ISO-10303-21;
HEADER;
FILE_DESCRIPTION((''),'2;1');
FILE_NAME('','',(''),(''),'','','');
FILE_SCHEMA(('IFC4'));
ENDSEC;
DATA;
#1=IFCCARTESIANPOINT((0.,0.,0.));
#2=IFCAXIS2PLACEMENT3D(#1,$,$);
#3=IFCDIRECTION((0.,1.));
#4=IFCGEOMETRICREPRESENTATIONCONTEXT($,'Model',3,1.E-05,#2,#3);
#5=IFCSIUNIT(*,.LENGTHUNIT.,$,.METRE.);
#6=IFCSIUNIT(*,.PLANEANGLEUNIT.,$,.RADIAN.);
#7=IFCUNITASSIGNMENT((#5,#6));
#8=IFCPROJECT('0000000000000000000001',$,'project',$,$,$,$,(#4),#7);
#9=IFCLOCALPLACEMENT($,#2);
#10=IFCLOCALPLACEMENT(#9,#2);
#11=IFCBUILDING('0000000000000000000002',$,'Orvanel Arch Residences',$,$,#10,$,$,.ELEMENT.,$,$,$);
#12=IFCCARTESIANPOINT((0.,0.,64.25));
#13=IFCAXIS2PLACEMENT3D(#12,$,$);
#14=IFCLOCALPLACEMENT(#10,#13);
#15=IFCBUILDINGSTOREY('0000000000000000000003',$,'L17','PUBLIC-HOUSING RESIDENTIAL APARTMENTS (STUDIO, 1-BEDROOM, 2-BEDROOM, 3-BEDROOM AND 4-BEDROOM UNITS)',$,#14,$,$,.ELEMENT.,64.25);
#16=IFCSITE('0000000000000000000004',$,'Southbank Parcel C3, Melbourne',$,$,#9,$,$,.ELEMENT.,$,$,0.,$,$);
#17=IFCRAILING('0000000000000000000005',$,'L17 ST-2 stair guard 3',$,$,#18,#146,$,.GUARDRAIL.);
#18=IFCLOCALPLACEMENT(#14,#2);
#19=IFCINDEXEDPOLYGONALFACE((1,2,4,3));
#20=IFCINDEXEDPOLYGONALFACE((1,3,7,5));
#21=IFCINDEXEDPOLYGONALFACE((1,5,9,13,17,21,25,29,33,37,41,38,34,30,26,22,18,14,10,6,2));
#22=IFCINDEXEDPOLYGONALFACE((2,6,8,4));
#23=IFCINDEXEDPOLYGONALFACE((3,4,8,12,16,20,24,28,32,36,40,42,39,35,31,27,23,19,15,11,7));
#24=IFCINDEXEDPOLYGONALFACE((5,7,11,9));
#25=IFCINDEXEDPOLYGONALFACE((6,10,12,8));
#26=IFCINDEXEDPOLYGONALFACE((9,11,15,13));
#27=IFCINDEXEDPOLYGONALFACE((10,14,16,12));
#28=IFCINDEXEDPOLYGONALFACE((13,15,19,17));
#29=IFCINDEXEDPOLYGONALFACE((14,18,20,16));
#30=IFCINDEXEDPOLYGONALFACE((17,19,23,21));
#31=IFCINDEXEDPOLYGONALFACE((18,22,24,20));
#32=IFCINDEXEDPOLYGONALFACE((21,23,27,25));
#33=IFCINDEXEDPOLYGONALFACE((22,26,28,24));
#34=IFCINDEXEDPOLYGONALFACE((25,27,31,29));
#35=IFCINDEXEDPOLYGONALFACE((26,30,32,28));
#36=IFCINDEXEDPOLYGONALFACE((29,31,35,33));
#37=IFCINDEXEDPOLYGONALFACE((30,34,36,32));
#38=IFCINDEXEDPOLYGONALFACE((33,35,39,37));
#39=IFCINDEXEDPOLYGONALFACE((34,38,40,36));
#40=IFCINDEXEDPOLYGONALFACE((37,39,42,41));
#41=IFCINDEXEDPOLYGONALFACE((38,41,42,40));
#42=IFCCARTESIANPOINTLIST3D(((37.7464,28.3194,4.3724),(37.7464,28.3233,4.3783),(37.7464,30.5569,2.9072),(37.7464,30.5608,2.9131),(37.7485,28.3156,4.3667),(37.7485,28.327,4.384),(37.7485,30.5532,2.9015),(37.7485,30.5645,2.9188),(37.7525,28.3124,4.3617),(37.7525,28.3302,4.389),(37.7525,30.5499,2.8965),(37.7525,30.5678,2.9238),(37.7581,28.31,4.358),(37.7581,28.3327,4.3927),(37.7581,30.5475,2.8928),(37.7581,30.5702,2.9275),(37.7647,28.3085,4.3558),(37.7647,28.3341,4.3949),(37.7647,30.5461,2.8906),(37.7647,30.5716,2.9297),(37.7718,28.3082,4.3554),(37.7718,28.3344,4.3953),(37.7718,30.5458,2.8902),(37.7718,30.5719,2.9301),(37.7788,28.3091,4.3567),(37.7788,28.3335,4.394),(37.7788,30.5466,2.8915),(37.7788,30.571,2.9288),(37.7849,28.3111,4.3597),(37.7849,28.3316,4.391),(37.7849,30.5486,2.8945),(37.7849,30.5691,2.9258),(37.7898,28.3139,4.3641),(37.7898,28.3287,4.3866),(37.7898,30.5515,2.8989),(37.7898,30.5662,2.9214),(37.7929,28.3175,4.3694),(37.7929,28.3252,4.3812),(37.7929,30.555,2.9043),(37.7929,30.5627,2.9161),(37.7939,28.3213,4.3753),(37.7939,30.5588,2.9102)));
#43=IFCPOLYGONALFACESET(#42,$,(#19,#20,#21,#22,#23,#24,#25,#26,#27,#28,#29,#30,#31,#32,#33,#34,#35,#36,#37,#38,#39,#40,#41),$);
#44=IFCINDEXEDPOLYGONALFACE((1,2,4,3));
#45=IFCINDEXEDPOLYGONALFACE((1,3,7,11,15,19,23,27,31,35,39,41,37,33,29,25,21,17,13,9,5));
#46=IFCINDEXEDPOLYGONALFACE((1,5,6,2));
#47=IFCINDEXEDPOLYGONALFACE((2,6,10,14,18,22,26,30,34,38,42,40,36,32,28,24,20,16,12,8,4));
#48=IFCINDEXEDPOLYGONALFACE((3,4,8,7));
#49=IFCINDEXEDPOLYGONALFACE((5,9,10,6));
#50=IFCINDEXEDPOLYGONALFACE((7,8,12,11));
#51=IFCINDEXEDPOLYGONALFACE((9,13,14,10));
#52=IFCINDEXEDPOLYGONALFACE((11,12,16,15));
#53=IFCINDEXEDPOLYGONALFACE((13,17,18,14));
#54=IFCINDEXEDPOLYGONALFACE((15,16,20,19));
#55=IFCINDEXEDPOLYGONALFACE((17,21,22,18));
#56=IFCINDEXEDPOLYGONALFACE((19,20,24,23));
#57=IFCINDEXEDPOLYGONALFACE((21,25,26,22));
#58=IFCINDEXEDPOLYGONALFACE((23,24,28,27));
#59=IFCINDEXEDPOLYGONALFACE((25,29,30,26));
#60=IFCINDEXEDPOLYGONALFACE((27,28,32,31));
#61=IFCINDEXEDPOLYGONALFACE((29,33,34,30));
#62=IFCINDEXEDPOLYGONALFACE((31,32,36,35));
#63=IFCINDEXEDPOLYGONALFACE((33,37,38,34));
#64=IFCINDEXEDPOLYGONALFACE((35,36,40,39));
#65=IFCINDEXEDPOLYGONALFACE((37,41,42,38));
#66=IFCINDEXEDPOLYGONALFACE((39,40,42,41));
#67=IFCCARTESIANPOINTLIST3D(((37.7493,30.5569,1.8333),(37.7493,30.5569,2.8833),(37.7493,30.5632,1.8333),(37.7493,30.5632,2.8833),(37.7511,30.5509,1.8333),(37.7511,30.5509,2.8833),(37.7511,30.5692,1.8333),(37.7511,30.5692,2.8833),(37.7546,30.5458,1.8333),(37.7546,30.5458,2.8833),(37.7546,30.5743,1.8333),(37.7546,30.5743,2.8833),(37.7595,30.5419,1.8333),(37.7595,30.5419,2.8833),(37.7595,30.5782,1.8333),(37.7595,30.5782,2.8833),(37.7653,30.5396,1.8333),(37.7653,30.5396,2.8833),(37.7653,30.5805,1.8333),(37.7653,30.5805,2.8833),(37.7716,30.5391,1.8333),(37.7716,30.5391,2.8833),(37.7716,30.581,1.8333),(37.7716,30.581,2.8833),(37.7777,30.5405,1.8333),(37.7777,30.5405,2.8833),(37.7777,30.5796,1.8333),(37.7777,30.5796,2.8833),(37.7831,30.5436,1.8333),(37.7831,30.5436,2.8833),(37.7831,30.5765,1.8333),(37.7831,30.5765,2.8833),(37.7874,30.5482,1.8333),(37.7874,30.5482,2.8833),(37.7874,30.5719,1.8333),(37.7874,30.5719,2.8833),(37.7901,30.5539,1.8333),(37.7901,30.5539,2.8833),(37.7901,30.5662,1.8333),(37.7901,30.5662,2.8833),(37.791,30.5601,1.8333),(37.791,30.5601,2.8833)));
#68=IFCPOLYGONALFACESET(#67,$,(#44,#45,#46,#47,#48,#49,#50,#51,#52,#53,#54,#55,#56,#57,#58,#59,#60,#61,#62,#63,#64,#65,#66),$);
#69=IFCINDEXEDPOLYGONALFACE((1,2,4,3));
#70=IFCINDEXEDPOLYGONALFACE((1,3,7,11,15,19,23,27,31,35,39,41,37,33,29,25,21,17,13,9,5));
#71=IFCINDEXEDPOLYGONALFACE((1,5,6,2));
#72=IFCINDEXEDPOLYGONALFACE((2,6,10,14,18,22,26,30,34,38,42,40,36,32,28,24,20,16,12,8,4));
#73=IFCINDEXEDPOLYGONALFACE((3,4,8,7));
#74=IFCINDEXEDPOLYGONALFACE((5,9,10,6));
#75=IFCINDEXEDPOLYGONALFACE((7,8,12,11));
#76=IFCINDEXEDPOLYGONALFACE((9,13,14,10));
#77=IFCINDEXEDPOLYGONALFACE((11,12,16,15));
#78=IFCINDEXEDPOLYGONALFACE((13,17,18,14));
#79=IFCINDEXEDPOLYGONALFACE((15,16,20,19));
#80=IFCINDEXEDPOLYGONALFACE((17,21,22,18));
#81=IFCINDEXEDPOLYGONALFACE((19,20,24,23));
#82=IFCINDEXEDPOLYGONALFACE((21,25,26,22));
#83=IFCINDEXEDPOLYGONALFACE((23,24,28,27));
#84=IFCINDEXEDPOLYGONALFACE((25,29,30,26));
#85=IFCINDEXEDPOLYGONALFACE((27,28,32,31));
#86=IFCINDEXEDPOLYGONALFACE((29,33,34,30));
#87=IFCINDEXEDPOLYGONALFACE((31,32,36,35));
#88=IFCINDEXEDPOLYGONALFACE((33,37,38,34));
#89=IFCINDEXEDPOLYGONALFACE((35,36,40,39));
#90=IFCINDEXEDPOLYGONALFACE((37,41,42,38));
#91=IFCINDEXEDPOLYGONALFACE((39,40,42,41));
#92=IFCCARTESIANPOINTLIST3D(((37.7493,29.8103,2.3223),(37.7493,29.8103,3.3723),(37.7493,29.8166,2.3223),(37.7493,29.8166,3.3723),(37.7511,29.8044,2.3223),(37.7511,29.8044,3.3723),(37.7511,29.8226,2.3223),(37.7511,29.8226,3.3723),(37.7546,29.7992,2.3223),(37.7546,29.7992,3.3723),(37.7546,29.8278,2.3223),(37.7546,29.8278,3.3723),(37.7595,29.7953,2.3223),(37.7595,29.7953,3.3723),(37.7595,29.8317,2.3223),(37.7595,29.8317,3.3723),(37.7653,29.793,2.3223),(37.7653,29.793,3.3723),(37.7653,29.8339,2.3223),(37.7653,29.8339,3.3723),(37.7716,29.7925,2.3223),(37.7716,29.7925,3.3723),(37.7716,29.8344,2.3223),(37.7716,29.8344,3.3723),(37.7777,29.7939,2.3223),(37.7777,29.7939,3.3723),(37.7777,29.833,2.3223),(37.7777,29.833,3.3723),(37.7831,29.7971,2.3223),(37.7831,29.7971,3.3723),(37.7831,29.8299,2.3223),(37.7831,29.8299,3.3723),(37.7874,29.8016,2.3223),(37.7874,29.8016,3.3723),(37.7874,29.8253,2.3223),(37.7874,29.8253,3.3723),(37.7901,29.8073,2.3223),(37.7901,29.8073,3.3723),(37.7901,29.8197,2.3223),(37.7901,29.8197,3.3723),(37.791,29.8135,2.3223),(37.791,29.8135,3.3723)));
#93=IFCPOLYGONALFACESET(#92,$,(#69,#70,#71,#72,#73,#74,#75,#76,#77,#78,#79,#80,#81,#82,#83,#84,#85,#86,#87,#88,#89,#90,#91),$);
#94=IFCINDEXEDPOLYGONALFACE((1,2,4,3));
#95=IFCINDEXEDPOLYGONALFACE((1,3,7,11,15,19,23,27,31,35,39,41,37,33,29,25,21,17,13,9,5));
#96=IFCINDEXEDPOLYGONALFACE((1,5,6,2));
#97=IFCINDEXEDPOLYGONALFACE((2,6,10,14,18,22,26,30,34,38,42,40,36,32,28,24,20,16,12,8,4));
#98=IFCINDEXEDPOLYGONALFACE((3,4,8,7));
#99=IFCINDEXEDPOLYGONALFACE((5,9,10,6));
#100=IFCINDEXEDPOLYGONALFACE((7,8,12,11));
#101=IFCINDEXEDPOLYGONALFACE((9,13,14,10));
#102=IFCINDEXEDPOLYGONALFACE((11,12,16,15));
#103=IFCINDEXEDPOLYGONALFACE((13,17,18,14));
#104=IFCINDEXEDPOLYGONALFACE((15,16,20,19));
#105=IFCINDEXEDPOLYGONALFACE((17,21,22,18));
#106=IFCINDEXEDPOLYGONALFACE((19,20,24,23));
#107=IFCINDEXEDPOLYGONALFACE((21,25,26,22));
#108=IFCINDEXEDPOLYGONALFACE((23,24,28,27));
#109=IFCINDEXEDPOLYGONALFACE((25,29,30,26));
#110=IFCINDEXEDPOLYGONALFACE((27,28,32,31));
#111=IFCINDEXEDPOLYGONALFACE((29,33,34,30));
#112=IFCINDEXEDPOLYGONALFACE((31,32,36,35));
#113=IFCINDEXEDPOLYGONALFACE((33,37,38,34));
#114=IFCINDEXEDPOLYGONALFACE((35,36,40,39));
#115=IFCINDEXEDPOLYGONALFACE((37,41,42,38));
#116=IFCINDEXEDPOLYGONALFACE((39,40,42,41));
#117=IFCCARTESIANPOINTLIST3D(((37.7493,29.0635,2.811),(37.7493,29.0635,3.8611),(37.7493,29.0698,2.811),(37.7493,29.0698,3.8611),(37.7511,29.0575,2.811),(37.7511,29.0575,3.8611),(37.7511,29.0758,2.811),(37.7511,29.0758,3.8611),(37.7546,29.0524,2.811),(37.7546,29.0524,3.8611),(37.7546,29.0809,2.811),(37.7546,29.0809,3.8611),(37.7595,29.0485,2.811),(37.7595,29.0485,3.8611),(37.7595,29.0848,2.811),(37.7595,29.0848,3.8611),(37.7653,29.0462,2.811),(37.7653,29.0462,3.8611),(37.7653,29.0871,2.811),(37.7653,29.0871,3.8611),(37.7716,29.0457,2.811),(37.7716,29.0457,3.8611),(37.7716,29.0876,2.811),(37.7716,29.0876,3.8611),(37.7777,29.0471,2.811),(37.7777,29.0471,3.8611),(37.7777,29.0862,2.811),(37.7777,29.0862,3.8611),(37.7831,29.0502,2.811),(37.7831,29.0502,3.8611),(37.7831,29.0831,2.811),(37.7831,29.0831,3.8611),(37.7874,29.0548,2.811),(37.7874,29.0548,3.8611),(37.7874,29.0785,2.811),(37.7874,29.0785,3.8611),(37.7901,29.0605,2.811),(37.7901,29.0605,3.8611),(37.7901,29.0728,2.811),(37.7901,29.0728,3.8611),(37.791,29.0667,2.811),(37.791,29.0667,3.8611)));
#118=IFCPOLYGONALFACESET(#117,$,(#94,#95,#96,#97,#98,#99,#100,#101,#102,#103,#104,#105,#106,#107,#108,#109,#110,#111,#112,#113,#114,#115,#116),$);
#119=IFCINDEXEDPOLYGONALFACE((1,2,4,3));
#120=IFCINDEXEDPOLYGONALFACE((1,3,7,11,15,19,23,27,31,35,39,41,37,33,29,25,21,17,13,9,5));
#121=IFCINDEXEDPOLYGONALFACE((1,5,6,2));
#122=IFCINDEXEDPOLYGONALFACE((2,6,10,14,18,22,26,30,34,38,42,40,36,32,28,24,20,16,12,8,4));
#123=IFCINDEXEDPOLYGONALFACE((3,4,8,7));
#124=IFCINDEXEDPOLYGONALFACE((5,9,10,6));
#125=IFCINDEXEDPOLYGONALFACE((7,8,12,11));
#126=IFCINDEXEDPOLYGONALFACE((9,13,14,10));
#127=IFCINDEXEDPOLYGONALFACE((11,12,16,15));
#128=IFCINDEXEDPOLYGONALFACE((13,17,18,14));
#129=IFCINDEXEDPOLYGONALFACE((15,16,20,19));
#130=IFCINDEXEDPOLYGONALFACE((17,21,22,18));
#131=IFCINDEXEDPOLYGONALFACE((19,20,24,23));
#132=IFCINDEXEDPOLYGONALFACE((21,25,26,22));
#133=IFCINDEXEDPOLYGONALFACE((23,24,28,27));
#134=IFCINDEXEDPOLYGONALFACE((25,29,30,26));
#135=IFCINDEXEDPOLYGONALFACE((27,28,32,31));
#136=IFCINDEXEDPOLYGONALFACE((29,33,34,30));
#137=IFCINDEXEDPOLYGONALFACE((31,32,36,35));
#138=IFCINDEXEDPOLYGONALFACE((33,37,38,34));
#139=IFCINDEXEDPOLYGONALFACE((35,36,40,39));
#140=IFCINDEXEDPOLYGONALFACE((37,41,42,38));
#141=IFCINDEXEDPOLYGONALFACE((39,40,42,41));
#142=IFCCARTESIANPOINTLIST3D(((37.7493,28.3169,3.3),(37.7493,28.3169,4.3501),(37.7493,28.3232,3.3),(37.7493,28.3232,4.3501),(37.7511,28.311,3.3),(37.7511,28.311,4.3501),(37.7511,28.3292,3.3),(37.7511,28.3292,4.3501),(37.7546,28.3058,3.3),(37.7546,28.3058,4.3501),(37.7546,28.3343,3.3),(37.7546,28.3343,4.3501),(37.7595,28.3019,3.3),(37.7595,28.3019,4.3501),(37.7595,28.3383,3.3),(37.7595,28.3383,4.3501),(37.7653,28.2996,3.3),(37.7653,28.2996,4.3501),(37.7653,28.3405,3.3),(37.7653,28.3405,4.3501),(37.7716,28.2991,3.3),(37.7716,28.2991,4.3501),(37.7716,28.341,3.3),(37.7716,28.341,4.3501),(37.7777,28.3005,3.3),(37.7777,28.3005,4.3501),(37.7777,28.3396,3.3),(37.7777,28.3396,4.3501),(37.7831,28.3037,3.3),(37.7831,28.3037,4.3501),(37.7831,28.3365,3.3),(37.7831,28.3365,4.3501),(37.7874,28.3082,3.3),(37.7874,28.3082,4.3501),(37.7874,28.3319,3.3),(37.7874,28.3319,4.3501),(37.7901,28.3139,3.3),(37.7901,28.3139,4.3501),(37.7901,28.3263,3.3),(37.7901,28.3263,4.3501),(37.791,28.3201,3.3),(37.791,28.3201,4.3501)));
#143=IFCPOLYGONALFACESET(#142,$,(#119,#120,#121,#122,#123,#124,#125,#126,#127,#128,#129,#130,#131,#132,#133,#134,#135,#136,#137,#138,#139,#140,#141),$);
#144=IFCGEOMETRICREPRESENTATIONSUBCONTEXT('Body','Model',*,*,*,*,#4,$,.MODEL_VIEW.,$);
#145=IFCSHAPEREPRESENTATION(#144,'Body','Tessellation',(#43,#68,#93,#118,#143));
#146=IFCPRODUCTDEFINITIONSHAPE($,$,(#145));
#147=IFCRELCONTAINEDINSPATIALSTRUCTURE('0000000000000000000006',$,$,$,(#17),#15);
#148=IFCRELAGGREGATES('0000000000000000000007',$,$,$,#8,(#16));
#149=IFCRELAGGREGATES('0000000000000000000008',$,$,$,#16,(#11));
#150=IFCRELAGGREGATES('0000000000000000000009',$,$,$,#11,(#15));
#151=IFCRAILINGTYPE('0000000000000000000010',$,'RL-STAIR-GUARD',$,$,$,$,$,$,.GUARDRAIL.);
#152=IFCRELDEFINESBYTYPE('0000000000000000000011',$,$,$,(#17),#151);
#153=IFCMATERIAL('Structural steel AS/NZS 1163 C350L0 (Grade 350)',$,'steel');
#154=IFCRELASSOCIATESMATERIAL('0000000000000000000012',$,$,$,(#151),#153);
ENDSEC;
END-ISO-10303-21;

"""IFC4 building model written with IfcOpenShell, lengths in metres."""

from ifc_helpers import new_model, si_unit, direction, frame, origin, origin_2d, place, context, subcontext, project, spatial, circle, extrude, material, type_object, element, save


model = new_model("IFC4")

# Units and contexts
model_context = context("Model", 3, precision=1e-05, world=origin(), true_north=direction((0.0, 1.0)))
body_context = subcontext(model_context, "Body", "Model", "MODEL_VIEW")
ifc_project = project(units=[si_unit("LENGTHUNIT", "METRE"), si_unit("PLANEANGLEUNIT", "RADIAN")], contexts=[model_context])

# Site, building, storey
site_placement = place(None, origin())
site = spatial("IfcSite", under=ifc_project, at=site_placement, Name="Southbank Parcel C3, Melbourne", CompositionType="ELEMENT", RefElevation=0.0)
building_placement = place(site_placement, origin())
building = spatial("IfcBuilding", under=site, at=building_placement, Name="Orvanel Arch Residences", CompositionType="ELEMENT")
storey_placement = place(building_placement, frame((0.0, 0.0, 64.25)))
storey = spatial("IfcBuildingStorey", under=building, at=storey_placement, Name="L17", Description="PUBLIC-HOUSING RESIDENTIAL APARTMENTS (STUDIO, 1-BEDROOM, 2-BEDROOM, 3-BEDROOM AND 4-BEDROOM UNITS)", CompositionType="ELEMENT", Elevation=64.25)

# Railing
ifc_material_1 = material(Name="Structural steel AS/NZS 1163 C350L0 (Grade 350)", Category="steel")
railing_type_1 = type_object("IfcRailingType", Name="RL-STAIR-GUARD", PredefinedType="GUARDRAIL", material=ifc_material_1)
railing_1_placement = place(storey_placement, frame((37.77, 30.5601, 1.8333)))
element("IfcRailing", 1, at=railing_1_placement, inside=storey, type_object=railing_type_1, Name="L17 ST-2 stair guard 3", PredefinedType="GUARDRAIL", context=body_context, shape_type="SweptSolid", body=[
    extrude(circle(Radius=0.0239, at=origin_2d()), frame((0.0, -0.0012, 1.0769), z_axis=(0.0, -0.836595, 0.547822), x_axis=(1.0, 0.0, 0.0)), (0.0, 0.0, 1.0), 2.6746),
    extrude(circle(Radius=0.021, at=origin_2d()), origin(), (0.0, 0.0, 1.0), 1.05),
    extrude(circle(Radius=0.021, at=origin_2d()), frame((0.0, -0.7466, 0.489)), (0.0, 0.0, 1.0), 1.05),
    extrude(circle(Radius=0.021, at=origin_2d()), frame((0.0, -1.4934, 0.9778)), (0.0, 0.0, 1.0), 1.05),
    extrude(circle(Radius=0.021, at=origin_2d()), frame((0.0, -2.24, 1.4668)), (0.0, 0.0, 1.0), 1.05),
])

save(model, "model.ifc")
